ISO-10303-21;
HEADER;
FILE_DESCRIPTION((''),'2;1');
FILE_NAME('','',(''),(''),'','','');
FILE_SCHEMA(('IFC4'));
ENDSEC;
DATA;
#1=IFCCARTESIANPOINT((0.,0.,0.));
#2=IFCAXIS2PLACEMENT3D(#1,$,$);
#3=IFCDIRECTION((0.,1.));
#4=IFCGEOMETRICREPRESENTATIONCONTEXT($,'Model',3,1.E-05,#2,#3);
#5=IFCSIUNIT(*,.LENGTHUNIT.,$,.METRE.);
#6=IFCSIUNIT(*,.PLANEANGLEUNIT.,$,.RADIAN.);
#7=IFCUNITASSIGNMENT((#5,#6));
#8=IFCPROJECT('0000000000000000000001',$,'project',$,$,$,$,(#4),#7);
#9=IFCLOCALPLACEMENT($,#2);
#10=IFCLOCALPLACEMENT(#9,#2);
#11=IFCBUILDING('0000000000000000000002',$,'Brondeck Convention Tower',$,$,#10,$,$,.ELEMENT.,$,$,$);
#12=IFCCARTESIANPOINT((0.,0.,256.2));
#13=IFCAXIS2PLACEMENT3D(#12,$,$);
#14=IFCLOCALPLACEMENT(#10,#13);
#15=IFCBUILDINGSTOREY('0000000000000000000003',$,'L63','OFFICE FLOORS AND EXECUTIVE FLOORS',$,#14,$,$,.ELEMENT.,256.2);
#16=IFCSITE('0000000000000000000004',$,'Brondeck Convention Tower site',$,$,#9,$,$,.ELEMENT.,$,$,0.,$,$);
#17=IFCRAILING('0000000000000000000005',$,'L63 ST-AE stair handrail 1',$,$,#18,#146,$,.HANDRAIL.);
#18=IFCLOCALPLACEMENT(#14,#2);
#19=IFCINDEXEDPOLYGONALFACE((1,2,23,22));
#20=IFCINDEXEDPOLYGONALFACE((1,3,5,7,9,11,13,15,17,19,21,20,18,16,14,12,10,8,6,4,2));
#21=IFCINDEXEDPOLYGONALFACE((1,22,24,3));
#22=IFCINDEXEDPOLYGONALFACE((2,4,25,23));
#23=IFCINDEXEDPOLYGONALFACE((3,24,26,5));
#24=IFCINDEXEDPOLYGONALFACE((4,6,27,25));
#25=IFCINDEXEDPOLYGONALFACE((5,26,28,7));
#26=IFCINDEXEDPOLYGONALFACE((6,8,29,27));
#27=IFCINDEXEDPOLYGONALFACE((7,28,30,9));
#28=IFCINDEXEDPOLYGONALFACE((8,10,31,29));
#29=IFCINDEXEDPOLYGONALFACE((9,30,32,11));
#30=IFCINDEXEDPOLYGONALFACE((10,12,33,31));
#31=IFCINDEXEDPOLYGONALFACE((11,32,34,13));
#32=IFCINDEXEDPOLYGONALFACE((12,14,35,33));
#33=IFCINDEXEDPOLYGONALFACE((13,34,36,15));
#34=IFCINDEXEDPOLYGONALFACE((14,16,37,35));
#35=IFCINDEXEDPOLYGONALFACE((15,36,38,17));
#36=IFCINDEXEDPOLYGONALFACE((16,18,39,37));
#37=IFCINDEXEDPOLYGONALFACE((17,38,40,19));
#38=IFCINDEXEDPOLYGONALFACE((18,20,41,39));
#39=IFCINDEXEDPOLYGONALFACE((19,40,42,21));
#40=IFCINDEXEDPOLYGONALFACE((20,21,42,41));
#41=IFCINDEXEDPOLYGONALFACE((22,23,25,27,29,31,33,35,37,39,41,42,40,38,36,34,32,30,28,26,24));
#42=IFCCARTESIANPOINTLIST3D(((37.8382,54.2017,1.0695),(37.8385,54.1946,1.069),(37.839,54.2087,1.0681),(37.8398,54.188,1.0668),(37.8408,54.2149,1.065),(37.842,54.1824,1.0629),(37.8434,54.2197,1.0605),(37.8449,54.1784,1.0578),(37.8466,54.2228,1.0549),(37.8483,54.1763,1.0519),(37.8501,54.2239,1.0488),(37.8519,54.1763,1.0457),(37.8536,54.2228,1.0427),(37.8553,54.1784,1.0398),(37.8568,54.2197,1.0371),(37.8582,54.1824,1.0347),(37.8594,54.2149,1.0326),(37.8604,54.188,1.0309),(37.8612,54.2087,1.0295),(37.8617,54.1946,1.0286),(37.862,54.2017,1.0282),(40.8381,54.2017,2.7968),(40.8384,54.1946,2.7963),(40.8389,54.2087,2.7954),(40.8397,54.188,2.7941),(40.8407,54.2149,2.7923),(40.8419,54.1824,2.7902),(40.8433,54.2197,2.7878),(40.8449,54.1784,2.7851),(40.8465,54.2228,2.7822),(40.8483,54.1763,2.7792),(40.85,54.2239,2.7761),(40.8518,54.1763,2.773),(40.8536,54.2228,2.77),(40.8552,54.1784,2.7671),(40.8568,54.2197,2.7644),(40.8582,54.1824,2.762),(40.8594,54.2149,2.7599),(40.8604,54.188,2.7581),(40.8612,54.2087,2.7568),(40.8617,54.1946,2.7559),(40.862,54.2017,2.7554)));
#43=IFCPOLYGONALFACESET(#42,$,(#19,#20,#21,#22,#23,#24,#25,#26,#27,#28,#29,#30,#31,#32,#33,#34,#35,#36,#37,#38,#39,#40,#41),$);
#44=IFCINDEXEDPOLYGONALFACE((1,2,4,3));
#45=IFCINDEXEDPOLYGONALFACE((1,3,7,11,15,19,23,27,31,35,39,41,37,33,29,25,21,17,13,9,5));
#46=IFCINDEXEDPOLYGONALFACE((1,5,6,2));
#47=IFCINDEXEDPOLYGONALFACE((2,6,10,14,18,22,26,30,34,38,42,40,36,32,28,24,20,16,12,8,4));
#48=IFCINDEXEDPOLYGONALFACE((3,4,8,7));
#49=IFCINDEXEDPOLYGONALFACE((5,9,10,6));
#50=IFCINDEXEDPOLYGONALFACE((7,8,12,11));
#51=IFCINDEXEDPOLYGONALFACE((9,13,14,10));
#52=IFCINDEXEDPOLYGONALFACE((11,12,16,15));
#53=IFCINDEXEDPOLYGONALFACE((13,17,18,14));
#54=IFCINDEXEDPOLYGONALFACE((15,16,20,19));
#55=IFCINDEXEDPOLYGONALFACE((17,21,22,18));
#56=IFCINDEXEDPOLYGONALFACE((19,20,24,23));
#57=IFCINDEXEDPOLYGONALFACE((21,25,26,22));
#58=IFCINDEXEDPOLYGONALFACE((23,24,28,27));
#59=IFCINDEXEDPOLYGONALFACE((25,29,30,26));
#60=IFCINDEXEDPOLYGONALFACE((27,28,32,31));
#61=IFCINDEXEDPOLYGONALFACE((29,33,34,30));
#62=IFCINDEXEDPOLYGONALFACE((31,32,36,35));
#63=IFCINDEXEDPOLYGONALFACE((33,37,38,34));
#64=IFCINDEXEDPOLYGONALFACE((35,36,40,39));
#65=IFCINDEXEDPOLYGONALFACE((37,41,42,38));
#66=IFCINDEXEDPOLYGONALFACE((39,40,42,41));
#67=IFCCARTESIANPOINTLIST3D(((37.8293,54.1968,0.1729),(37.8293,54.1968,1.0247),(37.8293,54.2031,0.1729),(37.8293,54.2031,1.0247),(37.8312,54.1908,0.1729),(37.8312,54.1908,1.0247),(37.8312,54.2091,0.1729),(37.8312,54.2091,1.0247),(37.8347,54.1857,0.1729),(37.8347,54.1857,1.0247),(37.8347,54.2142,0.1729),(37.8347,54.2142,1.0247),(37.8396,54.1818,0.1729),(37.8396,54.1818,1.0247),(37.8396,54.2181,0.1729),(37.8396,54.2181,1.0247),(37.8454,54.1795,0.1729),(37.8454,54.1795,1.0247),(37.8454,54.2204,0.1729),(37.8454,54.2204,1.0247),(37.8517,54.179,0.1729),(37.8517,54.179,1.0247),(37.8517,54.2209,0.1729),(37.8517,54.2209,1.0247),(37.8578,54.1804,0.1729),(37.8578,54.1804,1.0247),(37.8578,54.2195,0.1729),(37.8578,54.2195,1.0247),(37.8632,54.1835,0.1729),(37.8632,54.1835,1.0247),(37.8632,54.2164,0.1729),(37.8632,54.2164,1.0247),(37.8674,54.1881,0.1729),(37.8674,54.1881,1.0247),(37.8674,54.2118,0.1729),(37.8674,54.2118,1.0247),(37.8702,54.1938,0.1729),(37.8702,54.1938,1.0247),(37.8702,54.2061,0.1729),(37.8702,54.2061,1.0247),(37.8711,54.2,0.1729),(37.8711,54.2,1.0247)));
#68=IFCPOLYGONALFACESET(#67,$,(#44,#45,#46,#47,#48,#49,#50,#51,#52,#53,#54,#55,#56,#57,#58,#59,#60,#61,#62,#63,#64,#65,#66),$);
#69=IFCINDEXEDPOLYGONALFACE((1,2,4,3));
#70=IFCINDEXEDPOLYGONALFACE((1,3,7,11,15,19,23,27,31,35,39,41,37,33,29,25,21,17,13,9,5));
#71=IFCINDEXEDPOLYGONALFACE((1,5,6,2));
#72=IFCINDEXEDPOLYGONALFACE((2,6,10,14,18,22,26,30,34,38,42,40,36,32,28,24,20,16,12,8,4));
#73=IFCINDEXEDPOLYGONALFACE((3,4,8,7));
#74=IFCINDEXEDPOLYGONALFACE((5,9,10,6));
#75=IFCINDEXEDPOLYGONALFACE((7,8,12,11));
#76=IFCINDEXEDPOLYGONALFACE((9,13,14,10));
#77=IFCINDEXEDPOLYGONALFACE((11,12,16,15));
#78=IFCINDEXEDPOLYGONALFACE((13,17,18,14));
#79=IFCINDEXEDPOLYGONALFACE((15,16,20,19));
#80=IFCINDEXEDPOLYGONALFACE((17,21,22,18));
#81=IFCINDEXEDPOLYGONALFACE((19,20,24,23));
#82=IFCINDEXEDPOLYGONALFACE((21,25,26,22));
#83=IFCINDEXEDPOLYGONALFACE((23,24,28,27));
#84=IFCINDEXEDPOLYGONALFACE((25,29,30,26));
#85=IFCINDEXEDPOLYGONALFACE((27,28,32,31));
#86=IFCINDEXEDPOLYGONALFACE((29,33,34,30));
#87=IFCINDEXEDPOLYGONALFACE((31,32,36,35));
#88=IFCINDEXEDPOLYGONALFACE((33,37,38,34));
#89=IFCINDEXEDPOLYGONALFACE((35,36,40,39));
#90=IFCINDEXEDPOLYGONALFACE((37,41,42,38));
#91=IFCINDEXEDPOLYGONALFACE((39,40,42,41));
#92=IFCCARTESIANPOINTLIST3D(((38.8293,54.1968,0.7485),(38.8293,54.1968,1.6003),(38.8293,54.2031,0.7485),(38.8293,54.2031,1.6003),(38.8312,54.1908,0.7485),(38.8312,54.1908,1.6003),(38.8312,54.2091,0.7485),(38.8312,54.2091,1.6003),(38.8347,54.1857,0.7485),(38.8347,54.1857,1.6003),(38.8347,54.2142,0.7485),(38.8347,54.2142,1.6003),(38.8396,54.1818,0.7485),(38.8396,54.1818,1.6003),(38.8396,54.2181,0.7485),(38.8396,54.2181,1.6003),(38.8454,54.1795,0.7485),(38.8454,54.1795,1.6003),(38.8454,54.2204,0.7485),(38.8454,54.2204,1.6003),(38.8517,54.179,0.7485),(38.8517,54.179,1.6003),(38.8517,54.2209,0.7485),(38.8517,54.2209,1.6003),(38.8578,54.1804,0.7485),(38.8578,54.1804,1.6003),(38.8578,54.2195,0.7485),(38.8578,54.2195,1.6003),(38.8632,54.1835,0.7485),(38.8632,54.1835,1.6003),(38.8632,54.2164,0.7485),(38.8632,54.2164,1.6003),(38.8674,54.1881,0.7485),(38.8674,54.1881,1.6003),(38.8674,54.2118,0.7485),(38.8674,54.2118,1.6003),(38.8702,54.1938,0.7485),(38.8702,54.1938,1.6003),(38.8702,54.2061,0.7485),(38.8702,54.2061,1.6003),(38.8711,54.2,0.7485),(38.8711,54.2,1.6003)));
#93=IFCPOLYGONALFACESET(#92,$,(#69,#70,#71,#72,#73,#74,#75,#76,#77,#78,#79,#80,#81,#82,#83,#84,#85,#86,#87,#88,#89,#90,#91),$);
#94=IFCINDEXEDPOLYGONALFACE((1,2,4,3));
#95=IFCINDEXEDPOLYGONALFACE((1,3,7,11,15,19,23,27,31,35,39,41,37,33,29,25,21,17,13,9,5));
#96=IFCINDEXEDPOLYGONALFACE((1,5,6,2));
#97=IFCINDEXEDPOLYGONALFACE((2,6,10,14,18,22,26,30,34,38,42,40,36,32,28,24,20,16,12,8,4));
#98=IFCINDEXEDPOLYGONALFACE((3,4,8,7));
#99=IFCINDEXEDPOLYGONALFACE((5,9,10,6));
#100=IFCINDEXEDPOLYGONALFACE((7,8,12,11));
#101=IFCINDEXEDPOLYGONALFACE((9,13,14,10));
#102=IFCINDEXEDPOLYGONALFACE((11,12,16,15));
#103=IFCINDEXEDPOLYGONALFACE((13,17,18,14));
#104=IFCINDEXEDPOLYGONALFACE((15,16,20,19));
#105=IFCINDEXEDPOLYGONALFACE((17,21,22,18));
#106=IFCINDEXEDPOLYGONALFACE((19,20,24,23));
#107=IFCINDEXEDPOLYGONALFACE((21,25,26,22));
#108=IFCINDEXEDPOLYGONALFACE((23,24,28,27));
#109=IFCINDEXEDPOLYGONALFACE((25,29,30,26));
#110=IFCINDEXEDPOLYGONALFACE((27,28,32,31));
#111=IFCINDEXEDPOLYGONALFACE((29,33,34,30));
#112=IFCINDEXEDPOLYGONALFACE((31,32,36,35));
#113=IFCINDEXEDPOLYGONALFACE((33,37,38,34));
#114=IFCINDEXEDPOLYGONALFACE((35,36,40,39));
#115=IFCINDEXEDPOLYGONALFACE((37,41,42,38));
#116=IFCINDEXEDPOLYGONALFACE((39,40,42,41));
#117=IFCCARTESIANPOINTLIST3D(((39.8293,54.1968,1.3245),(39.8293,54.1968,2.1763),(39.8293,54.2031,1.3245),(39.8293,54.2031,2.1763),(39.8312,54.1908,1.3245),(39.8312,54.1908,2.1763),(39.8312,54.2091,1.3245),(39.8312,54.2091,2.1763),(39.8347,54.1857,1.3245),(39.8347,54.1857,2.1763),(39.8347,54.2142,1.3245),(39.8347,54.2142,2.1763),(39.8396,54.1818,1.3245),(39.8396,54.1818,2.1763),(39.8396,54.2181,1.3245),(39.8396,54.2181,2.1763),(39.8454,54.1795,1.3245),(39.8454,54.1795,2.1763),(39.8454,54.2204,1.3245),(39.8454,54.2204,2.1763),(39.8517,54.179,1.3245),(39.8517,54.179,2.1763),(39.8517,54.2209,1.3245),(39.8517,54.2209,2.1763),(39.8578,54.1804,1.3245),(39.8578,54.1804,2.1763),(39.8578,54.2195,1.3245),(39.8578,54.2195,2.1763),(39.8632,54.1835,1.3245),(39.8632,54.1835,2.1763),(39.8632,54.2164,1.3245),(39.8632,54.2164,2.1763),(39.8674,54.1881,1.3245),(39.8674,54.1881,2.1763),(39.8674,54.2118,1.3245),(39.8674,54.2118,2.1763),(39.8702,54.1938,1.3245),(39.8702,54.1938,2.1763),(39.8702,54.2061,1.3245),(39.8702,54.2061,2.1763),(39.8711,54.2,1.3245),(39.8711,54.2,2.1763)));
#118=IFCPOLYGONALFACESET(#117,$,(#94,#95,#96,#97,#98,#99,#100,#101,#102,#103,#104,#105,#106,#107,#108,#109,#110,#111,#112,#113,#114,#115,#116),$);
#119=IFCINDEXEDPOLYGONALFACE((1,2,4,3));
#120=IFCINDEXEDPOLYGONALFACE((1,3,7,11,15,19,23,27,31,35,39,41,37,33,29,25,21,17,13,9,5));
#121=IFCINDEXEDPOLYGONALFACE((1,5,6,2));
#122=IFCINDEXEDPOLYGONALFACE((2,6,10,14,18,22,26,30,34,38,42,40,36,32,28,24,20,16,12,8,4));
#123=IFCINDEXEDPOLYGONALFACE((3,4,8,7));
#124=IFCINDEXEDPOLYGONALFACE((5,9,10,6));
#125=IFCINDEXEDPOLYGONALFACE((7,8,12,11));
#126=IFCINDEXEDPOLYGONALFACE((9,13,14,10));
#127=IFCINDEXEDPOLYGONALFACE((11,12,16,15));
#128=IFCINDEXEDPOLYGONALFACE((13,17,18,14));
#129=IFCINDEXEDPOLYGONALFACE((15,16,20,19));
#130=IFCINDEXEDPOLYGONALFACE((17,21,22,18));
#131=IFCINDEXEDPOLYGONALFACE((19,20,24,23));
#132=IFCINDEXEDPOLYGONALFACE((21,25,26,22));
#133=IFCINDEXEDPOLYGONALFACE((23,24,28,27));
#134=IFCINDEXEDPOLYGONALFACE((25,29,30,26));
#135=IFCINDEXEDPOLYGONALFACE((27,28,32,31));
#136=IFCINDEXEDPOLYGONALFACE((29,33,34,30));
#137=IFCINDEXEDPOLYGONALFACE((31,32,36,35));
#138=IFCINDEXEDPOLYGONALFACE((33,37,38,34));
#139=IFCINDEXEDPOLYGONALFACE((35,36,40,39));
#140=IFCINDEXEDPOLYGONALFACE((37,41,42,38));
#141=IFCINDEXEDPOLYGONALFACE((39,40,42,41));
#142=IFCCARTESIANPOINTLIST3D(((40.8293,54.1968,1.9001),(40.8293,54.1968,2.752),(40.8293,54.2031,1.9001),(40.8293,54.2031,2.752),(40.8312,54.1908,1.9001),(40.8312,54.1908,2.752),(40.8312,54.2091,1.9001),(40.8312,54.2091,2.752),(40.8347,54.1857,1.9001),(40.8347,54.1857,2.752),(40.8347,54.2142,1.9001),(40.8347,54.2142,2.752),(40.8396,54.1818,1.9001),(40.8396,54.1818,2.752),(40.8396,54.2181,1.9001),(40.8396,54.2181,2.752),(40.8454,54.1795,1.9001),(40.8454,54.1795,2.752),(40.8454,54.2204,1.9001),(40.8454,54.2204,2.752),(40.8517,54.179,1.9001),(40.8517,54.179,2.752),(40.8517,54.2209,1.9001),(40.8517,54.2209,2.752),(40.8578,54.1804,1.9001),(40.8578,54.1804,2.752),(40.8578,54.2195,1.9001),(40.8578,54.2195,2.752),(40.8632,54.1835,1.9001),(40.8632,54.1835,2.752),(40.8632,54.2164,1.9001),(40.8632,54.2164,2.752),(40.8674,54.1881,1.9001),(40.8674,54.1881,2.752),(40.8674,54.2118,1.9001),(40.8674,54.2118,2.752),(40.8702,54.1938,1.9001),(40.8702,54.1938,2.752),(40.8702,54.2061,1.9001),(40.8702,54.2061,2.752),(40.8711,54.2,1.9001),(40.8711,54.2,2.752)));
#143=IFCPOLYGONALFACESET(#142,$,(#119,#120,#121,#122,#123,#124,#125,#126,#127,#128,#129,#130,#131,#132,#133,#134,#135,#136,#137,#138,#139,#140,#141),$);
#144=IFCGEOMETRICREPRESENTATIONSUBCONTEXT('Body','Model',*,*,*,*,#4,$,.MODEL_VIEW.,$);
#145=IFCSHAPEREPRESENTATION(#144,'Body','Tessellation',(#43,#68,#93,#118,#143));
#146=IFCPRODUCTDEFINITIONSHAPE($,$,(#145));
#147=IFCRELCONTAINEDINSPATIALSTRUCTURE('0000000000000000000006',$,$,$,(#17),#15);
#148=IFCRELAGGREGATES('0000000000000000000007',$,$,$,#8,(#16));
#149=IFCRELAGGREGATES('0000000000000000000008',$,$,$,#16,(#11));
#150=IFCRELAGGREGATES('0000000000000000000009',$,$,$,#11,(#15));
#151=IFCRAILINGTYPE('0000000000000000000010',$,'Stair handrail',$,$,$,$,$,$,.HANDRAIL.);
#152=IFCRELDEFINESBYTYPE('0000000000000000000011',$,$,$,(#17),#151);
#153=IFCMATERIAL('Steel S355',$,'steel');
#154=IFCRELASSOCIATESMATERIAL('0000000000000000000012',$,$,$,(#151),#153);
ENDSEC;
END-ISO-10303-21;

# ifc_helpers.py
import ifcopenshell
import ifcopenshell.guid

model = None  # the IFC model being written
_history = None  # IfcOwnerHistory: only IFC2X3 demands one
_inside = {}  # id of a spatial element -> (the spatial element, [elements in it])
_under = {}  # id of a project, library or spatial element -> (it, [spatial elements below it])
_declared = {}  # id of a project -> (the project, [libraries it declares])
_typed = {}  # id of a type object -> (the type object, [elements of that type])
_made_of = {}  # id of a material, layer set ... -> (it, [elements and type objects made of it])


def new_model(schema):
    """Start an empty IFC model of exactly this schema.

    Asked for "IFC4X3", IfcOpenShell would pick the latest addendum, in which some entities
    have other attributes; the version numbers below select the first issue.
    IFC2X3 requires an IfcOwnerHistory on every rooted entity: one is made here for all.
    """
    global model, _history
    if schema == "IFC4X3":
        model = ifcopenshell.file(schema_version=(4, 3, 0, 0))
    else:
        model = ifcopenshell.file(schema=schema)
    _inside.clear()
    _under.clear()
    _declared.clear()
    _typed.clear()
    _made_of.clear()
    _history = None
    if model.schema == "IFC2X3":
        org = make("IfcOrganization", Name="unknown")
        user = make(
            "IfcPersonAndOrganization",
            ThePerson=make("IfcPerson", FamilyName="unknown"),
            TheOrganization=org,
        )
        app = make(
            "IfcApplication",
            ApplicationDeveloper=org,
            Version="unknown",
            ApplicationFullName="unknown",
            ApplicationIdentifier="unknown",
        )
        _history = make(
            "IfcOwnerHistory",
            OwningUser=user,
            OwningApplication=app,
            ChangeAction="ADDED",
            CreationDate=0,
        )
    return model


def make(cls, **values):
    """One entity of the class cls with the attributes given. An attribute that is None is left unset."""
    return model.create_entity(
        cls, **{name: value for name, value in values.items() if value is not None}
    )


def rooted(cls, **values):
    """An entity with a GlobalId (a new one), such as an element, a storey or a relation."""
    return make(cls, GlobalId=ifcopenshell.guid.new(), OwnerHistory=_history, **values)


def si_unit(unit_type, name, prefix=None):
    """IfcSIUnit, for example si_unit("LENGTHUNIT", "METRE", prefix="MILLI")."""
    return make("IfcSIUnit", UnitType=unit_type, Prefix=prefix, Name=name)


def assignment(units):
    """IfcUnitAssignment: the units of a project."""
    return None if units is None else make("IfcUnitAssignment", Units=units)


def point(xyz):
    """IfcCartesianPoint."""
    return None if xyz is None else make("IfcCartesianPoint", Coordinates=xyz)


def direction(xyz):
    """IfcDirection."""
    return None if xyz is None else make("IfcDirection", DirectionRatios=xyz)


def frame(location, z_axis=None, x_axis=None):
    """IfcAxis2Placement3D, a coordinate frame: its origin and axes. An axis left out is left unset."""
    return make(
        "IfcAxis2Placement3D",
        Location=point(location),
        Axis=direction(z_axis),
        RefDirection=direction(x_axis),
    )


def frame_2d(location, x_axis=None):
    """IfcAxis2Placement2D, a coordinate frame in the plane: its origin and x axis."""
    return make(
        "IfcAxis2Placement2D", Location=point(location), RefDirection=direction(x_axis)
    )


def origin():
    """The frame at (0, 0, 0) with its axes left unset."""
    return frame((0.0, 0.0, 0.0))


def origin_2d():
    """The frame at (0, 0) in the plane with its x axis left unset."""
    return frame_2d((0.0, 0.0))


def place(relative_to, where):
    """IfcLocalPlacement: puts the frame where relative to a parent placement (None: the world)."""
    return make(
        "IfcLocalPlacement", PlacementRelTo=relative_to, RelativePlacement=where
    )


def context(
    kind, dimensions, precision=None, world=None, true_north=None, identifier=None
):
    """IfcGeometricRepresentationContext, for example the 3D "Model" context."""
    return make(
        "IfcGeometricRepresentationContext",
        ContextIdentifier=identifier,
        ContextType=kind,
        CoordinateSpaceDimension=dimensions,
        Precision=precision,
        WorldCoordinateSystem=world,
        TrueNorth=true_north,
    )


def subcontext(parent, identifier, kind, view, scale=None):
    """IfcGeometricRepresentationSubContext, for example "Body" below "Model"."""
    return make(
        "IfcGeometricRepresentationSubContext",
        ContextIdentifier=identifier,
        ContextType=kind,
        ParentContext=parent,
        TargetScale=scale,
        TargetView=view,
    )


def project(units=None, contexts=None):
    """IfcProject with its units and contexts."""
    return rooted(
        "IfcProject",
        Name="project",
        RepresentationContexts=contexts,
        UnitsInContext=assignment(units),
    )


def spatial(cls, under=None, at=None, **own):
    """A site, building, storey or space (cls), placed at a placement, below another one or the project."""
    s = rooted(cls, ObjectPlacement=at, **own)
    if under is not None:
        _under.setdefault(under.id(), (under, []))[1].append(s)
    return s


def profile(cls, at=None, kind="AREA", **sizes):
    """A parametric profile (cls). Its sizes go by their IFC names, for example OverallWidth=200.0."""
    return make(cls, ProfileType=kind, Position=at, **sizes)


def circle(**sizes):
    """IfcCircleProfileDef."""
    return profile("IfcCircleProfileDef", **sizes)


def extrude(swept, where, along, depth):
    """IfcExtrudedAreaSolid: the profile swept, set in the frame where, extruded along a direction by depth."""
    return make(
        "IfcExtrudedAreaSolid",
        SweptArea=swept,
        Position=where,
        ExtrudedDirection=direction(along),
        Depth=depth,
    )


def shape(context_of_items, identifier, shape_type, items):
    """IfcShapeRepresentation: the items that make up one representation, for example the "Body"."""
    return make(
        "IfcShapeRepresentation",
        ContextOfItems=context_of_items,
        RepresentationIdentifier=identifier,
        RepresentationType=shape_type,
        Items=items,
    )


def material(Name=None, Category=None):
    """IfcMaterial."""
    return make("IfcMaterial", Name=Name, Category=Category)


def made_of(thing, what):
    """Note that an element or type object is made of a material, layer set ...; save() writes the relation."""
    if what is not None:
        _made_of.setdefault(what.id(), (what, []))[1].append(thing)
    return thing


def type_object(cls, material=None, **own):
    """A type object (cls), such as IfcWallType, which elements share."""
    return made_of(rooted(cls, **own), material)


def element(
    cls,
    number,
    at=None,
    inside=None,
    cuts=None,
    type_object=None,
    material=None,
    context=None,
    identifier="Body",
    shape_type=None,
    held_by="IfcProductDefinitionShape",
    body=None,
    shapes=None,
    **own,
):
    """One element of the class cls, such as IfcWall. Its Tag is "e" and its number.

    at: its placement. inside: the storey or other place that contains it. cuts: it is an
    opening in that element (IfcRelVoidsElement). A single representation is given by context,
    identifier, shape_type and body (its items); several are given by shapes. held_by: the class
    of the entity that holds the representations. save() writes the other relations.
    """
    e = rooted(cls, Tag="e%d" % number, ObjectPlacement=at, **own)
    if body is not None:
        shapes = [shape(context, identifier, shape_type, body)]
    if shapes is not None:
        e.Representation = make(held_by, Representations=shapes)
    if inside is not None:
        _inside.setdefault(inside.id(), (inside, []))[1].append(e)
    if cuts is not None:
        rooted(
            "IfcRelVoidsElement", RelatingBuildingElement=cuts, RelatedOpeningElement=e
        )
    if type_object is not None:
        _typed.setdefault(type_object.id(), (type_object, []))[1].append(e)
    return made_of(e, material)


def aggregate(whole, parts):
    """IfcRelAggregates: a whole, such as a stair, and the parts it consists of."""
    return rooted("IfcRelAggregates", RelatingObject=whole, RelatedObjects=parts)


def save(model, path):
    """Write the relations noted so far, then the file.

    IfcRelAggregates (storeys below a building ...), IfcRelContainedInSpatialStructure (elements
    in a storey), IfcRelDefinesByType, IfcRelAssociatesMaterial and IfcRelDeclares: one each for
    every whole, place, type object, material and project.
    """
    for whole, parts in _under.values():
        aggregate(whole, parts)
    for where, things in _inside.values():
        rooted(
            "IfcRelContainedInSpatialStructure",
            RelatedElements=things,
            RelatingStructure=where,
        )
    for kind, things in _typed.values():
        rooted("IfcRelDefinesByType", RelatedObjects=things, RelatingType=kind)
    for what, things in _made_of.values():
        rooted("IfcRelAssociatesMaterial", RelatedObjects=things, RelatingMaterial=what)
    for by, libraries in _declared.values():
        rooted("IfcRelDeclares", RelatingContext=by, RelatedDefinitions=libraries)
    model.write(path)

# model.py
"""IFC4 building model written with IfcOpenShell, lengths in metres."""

from ifc_helpers import new_model, si_unit, direction, frame, origin, origin_2d, place, context, subcontext, project, spatial, circle, extrude, material, type_object, element, save


model = new_model("IFC4")

# Units and contexts
model_context = context("Model", 3, precision=1e-05, world=origin(), true_north=direction((0.0, 1.0)))
body_context = subcontext(model_context, "Body", "Model", "MODEL_VIEW")
ifc_project = project(units=[si_unit("LENGTHUNIT", "METRE"), si_unit("PLANEANGLEUNIT", "RADIAN")], contexts=[model_context])

# Site, building, storey
site_placement = place(None, origin())
site = spatial("IfcSite", under=ifc_project, at=site_placement, Name="Brondeck Convention Tower site", CompositionType="ELEMENT", RefElevation=0.0)
building_placement = place(site_placement, origin())
building = spatial("IfcBuilding", under=site, at=building_placement, Name="Brondeck Convention Tower", CompositionType="ELEMENT")
storey_placement = place(building_placement, frame((0.0, 0.0, 256.2)))
storey = spatial("IfcBuildingStorey", under=building, at=storey_placement, Name="L63", Description="OFFICE FLOORS AND EXECUTIVE FLOORS", CompositionType="ELEMENT", Elevation=256.2)

# Shared definitions
ifc_material_1 = material(Name="Steel S355", Category="steel")

# Railing
railing_type = type_object("IfcRailingType", Name="Stair handrail", PredefinedType="HANDRAIL", material=ifc_material_1)
railing_placement = place(storey_placement, frame((37.8501, 54.2, 0.1729)))
element("IfcRailing", 1, at=railing_placement, inside=storey, type_object=railing_type, Name="L63 ST-AE stair handrail 1", PredefinedType="HANDRAIL", context=body_context, shape_type="SweptSolid", body=[
    extrude(circle(Radius=0.0239, at=origin_2d()), frame((0.0, 0.0, 0.876), z_axis=(0.86662, 0.0, 0.498969), x_axis=(0.0, 1.0, 0.0)), (0.0, 0.0, 1.0), 3.4617),
    extrude(circle(Radius=0.021, at=origin_2d()), origin(), (0.0, 0.0, 1.0), 0.8518),
    extrude(circle(Radius=0.021, at=origin_2d()), frame((1.0, 0.0, 0.5757)), (0.0, 0.0, 1.0), 0.8518),
    extrude(circle(Radius=0.021, at=origin_2d()), frame((2.0, 0.0, 1.1516)), (0.0, 0.0, 1.0), 0.8518),
    extrude(circle(Radius=0.021, at=origin_2d()), frame((3.0, 0.0, 1.7273)), (0.0, 0.0, 1.0), 0.8518),
])

save(model, "model.ifc")
